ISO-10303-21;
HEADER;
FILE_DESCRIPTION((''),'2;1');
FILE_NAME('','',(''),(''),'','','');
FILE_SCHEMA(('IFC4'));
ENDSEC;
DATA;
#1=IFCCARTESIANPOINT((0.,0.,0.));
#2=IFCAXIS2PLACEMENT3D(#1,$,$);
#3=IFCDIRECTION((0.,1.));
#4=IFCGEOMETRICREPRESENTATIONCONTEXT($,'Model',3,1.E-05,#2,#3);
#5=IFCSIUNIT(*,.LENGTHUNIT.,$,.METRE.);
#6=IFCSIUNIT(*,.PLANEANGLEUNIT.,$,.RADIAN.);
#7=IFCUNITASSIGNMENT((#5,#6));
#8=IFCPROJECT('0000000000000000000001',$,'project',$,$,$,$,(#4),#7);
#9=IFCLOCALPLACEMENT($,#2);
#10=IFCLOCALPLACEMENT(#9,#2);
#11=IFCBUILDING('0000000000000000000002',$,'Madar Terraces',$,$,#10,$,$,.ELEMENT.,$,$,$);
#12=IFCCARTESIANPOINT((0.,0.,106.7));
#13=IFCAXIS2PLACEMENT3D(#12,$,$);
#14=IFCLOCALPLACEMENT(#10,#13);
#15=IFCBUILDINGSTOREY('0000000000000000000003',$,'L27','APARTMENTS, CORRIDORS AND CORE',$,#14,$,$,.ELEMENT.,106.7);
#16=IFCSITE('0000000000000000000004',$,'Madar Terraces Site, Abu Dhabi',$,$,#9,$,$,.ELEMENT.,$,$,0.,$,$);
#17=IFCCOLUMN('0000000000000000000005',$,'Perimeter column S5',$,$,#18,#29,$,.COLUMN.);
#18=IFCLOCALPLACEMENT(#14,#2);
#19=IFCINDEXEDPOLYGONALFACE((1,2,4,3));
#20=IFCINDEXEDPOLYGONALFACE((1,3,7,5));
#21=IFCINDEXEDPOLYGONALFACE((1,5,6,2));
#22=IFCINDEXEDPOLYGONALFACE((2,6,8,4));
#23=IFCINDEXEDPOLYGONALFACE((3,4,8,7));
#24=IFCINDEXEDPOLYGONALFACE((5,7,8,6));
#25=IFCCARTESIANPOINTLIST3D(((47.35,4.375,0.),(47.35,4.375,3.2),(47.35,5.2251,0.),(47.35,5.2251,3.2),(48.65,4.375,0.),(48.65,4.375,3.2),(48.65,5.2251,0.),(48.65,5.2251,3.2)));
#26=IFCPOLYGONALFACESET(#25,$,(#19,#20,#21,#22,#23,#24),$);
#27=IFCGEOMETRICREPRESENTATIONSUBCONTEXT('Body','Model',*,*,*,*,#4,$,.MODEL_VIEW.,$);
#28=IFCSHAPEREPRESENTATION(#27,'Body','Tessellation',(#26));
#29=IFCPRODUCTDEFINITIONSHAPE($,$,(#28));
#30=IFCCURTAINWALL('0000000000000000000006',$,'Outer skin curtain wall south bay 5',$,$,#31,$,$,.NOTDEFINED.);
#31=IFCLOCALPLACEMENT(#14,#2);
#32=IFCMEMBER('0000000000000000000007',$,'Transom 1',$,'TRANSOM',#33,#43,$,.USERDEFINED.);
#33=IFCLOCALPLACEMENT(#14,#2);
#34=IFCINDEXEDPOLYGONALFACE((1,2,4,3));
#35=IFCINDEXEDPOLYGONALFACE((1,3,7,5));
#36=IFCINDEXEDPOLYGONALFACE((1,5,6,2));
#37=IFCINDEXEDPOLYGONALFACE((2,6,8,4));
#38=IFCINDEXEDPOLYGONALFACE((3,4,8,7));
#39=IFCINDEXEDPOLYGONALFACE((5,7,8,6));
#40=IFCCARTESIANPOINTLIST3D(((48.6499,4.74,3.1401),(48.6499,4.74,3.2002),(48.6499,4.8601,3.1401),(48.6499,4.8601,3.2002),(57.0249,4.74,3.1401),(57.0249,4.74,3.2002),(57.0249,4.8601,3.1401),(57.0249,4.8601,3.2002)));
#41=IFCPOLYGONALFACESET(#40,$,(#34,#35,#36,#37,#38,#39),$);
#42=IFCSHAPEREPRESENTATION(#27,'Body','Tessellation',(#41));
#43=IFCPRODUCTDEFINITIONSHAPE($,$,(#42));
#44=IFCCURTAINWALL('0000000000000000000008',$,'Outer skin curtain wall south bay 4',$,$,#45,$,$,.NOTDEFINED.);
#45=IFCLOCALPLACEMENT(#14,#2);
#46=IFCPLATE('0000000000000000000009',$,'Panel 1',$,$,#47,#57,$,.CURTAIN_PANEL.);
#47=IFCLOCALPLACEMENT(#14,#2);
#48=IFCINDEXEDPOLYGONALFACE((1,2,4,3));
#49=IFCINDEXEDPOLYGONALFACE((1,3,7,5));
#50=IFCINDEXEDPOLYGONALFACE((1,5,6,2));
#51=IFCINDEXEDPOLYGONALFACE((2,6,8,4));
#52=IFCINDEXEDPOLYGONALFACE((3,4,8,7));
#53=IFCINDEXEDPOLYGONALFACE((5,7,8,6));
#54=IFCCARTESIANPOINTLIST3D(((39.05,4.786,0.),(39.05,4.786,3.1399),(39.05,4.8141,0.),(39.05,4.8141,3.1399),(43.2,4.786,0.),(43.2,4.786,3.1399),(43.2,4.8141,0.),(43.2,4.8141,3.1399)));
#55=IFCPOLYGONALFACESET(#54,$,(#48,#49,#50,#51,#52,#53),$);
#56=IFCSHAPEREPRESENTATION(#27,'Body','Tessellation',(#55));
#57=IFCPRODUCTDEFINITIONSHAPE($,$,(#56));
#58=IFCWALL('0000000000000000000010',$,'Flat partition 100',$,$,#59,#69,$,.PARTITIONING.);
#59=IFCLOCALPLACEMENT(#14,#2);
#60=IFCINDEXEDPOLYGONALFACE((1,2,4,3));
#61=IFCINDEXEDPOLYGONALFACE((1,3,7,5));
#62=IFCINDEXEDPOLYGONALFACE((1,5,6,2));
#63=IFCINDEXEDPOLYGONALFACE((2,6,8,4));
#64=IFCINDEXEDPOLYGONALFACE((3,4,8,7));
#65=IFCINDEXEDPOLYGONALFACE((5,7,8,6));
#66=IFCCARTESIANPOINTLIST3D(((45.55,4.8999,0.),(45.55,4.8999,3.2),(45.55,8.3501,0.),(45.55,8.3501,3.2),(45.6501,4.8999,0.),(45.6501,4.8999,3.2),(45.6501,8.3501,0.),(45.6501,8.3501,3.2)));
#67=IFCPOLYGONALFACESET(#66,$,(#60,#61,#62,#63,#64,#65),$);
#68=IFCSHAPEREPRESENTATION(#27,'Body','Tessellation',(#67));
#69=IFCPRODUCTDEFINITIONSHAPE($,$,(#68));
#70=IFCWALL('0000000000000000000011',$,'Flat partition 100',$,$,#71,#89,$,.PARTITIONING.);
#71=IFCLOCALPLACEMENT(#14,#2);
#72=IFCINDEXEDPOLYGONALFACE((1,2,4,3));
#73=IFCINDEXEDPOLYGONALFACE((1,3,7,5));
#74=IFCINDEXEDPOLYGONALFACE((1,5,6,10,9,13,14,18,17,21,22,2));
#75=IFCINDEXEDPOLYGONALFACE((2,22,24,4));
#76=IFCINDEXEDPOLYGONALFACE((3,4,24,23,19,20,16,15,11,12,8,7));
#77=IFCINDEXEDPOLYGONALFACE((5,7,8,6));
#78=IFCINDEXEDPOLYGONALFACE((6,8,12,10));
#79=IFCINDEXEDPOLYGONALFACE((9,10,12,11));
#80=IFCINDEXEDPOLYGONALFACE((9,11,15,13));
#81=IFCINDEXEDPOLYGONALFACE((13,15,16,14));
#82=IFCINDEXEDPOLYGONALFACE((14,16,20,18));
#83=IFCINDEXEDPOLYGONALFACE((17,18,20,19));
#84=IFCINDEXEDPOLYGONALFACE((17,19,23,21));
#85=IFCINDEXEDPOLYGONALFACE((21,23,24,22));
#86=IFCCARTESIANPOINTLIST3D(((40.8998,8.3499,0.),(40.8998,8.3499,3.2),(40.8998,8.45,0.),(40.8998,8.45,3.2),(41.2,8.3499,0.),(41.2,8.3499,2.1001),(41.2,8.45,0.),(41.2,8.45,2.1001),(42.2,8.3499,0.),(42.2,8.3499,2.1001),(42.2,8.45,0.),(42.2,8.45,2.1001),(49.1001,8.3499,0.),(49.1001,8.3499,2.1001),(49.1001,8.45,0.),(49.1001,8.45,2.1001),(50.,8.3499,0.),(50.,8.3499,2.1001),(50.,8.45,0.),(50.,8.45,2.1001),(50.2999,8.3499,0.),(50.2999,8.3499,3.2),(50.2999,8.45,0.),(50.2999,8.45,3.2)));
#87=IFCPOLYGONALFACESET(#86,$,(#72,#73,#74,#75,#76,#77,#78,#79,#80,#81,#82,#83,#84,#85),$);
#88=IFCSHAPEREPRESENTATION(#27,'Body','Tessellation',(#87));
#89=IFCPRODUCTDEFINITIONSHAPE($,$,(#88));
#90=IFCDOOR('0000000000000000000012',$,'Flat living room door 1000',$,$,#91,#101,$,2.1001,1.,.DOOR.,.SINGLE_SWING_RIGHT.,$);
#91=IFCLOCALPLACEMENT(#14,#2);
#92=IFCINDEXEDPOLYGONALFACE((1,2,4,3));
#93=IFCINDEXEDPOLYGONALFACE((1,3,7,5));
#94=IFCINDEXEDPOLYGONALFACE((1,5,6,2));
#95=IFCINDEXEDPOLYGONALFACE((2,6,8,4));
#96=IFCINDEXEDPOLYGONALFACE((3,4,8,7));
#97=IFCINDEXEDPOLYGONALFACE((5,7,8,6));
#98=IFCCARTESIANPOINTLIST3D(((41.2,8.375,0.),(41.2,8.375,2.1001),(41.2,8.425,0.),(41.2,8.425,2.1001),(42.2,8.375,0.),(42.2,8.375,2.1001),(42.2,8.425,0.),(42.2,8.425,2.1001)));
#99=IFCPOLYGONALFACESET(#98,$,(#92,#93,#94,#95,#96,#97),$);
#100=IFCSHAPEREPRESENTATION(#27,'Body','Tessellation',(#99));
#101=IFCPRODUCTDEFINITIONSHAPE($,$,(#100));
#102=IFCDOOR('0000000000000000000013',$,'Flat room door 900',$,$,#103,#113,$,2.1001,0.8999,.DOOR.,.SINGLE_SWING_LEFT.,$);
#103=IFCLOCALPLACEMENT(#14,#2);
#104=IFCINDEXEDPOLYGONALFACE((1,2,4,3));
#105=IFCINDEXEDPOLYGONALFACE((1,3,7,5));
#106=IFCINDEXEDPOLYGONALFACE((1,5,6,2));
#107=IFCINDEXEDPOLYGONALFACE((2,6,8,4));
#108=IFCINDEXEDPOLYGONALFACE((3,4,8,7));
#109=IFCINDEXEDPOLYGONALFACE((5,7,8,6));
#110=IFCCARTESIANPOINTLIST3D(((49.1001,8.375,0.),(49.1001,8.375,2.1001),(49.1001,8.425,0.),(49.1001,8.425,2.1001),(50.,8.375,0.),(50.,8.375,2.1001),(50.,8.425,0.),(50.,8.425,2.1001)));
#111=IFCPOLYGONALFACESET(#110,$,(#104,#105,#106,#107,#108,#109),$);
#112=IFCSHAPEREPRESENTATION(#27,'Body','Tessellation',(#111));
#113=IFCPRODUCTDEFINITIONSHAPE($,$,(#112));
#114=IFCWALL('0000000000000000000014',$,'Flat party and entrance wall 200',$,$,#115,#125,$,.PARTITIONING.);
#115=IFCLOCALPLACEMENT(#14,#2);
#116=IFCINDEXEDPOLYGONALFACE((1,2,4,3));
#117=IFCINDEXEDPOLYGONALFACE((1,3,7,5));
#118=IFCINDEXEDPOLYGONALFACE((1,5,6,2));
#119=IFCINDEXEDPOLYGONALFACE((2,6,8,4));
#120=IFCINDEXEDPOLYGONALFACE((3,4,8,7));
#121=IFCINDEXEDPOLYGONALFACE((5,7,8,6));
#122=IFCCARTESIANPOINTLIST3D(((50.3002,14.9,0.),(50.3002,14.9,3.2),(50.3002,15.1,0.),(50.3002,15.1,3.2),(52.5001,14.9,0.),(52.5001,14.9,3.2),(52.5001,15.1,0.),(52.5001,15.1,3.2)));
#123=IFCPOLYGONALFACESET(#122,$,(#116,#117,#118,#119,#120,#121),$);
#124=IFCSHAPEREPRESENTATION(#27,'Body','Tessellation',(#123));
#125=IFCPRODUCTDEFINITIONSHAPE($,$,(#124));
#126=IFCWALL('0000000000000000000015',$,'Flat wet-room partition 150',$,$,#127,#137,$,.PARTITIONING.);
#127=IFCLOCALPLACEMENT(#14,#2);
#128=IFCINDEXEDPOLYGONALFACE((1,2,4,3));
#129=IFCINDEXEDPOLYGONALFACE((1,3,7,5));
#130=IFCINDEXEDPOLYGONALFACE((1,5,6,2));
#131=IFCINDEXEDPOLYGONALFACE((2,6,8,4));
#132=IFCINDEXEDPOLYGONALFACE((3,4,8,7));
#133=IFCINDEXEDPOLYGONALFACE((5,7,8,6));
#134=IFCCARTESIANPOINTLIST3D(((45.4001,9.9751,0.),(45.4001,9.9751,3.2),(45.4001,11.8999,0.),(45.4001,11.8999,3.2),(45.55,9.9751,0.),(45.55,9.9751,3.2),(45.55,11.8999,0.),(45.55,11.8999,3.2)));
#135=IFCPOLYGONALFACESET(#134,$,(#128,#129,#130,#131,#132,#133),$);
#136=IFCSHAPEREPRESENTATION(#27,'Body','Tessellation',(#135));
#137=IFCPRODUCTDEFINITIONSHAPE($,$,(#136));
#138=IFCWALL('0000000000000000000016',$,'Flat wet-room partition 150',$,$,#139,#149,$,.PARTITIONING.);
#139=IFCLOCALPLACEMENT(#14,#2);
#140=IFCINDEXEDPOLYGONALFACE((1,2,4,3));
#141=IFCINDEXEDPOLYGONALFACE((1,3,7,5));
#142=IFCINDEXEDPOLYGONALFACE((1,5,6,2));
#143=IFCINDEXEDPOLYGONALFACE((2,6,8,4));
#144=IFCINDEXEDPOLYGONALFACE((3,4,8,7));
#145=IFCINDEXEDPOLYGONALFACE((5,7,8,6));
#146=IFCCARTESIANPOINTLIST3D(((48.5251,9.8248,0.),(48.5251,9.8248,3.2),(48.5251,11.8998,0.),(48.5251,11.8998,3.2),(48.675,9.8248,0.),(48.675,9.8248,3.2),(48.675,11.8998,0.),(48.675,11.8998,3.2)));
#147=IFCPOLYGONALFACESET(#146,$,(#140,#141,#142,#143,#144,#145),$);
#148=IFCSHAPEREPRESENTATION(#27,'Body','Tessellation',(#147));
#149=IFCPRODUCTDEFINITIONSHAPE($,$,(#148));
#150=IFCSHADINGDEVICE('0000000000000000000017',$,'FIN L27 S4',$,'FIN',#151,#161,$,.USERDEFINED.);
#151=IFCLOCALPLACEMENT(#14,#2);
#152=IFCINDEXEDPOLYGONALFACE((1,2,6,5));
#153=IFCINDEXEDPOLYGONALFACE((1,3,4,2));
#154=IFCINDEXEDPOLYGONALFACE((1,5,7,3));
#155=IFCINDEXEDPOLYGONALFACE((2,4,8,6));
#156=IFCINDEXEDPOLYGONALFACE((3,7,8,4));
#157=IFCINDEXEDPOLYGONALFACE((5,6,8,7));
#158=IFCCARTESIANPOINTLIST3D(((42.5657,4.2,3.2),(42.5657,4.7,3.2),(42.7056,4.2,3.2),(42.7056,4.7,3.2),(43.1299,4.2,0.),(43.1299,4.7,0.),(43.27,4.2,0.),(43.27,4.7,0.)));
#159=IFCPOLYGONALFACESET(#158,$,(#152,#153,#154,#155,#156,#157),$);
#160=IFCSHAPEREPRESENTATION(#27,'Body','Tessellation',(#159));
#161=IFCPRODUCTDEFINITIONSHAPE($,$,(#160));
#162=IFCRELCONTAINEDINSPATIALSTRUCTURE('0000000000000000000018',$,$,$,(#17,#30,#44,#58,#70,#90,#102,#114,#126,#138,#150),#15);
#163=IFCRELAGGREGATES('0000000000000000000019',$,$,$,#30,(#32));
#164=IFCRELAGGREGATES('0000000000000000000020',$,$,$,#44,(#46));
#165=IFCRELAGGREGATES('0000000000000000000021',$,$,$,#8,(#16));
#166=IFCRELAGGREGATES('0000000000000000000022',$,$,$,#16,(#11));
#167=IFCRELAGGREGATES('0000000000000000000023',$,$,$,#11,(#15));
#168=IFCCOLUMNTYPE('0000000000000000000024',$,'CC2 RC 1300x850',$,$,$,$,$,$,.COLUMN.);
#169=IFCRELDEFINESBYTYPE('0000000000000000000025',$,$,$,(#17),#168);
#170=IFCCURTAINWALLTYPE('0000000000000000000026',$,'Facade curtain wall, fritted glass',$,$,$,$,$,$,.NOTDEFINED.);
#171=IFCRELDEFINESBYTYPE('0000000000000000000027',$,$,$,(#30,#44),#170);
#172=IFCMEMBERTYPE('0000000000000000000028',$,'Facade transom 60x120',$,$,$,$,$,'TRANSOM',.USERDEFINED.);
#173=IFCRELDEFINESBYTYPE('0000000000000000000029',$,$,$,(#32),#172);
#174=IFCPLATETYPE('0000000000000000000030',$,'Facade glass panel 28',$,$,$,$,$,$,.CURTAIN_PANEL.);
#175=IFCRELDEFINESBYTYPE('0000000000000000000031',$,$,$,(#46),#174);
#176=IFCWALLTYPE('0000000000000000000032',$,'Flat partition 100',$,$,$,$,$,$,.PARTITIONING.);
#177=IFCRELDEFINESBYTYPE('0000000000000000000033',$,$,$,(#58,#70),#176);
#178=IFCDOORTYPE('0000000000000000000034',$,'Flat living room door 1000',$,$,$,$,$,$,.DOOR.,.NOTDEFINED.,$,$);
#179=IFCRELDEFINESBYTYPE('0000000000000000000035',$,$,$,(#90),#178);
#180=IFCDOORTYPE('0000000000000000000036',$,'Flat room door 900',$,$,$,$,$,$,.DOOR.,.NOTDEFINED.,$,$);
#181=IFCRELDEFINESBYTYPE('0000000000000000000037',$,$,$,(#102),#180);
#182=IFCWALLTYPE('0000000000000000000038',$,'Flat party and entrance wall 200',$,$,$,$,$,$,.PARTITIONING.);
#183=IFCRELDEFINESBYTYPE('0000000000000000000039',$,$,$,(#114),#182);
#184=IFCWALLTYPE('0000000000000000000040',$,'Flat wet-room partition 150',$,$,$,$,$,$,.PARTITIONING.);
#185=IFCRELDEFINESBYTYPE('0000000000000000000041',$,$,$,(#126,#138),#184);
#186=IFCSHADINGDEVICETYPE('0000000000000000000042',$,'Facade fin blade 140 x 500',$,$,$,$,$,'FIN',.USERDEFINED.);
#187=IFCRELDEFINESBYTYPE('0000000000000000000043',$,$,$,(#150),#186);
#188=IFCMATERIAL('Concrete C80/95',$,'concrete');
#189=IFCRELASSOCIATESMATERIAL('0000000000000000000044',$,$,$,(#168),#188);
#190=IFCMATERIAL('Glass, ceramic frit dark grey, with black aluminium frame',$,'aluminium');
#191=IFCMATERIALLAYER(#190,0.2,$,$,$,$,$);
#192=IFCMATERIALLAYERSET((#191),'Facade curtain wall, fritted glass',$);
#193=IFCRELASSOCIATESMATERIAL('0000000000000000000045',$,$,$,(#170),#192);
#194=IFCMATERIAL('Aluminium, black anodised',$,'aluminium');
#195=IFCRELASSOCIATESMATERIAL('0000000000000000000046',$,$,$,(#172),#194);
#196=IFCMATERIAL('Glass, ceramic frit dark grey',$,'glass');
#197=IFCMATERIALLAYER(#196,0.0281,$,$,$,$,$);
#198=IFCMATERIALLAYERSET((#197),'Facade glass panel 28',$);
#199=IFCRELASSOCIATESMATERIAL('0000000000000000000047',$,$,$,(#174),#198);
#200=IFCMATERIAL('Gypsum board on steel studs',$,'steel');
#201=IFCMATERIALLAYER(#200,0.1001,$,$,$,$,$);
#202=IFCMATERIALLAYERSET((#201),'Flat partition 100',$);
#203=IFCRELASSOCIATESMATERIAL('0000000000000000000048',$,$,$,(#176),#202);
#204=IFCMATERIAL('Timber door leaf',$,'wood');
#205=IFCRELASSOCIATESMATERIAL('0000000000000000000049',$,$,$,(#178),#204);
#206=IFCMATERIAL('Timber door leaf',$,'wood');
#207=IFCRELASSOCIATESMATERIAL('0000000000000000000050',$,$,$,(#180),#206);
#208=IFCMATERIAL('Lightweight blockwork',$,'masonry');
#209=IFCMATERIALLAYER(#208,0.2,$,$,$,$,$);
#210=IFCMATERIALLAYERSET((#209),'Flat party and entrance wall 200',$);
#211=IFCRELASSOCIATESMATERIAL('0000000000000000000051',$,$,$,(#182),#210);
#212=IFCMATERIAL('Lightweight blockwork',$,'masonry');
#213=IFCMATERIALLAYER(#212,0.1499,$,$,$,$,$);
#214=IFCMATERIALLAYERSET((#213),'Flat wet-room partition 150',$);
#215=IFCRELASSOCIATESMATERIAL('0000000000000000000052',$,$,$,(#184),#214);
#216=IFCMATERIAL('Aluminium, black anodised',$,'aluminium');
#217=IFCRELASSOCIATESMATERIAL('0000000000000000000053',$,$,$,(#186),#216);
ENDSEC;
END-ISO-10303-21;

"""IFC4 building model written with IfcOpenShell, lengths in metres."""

from ifc_helpers import new_model, si_unit, direction, frame, frame_2d, origin, origin_2d, place, context, subcontext, project, spatial, polyline, rectangle, outline, extrude, material, layer, layer_set, material_profile, profile_set, type_object, element, fill, aggregate, save


model = new_model("IFC4")

# Units and contexts
model_context = context("Model", 3, precision=1e-05, world=origin(), true_north=direction((0.0, 1.0)))
body_context = subcontext(model_context, "Body", "Model", "MODEL_VIEW")
ifc_project = project(units=[si_unit("LENGTHUNIT", "METRE"), si_unit("PLANEANGLEUNIT", "RADIAN")], contexts=[model_context])

# Site, building, storey
site_placement = place(None, origin())
site = spatial("IfcSite", under=ifc_project, at=site_placement, Name="Madar Terraces Site, Abu Dhabi", CompositionType="ELEMENT", RefElevation=0.0)
building_placement = place(site_placement, origin())
building = spatial("IfcBuilding", under=site, at=building_placement, Name="Madar Terraces", CompositionType="ELEMENT")
storey_placement = place(building_placement, frame((0.0, 0.0, 106.7)))
storey = spatial("IfcBuildingStorey", under=building, at=storey_placement, Name="L27", Description="APARTMENTS, CORRIDORS AND CORE", CompositionType="ELEMENT", Elevation=106.7)

# Column
ifc_material_1 = material(Name="Concrete C80/95", Category="concrete")
ifc_material_profile_1 = material_profile(ifc_material_1, rectangle(XDim=1.3, YDim=0.8501, at=origin_2d()), Name="CC2 RC 1300x850")
ifc_profile_set_1 = profile_set([ifc_material_profile_1], Name="Concrete C80/95")
column_type = type_object("IfcColumnType", Name="CC2 RC 1300x850", PredefinedType="COLUMN", material=ifc_profile_set_1)
column_placement = place(storey_placement, frame((48.0, 4.8, 0.0), z_axis=(0.0, 0.0, 1.0), x_axis=(1.0, 0.0, 0.0)))
element("IfcColumn", 1, at=column_placement, inside=storey, type_object=column_type, Name="Perimeter column S5", PredefinedType="COLUMN", context=body_context, shape_type="SweptSolid", body=[
    extrude(rectangle(XDim=1.3, YDim=0.8501, at=origin_2d()), origin(), (0.0, 0.0, 1.0), 3.2),
])

# Curtain wall, member
ifc_material_2 = material(Name="Glass, ceramic frit dark grey, with black aluminium frame", Category="aluminium")
ifc_layer_1 = layer(ifc_material_2, 0.2)
ifc_layer_set_1 = layer_set([ifc_layer_1], Name="Facade curtain wall, fritted glass")
curtain_wall_type = type_object("IfcCurtainWallType", Name="Facade curtain wall, fritted glass", PredefinedType="NOTDEFINED", material=ifc_layer_set_1)
curtain_wall_1_placement = place(storey_placement, origin())
curtain_wall_1 = element("IfcCurtainWall", 2, at=curtain_wall_1_placement, inside=storey, type_object=curtain_wall_type, Name="Outer skin curtain wall south bay 5", PredefinedType="NOTDEFINED")
ifc_material_3 = material(Name="Aluminium, black anodised", Category="aluminium")
ifc_material_profile_2 = material_profile(ifc_material_3, rectangle(XDim=0.1201, YDim=0.0601, at=origin_2d()), Name="Facade transom 60x120")
ifc_profile_set_2 = profile_set([ifc_material_profile_2], Name="Aluminium, black anodised")
member_type = type_object("IfcMemberType", Name="Facade transom 60x120", ElementType="TRANSOM", PredefinedType="USERDEFINED", material=ifc_profile_set_2)
member_placement = place(storey_placement, frame((48.6499, 4.8, 3.1702), z_axis=(1.0, 0.0, 0.0), x_axis=(0.0, 1.0, 0.0)))
member = element("IfcMember", 3, at=member_placement, type_object=member_type, Name="Transom 1", ObjectType="TRANSOM", PredefinedType="USERDEFINED", context=body_context, shape_type="SweptSolid", body=[
    extrude(rectangle(XDim=0.1201, YDim=0.0601, at=origin_2d()), origin(), (0.0, 0.0, 1.0), 8.375),
])
aggregate(curtain_wall_1, [member])

# Curtain wall, plate
curtain_wall_2_placement = place(storey_placement, origin())
curtain_wall_2 = element("IfcCurtainWall", 4, at=curtain_wall_2_placement, inside=storey, type_object=curtain_wall_type, Name="Outer skin curtain wall south bay 4", PredefinedType="NOTDEFINED")
ifc_material_4 = material(Name="Glass, ceramic frit dark grey", Category="glass")
ifc_layer_2 = layer(ifc_material_4, 0.0281)
ifc_layer_set_2 = layer_set([ifc_layer_2], Name="Facade glass panel 28")
plate_type = type_object("IfcPlateType", Name="Facade glass panel 28", PredefinedType="CURTAIN_PANEL", material=ifc_layer_set_2)
plate_placement = place(storey_placement, frame((41.125, 4.8, 0.0), z_axis=(0.0, 0.0, 1.0), x_axis=(1.0, 0.0, 0.0)))
plate = element("IfcPlate", 5, at=plate_placement, type_object=plate_type, Name="Panel 1", PredefinedType="CURTAIN_PANEL", context=body_context, shape_type="SweptSolid", body=[
    extrude(rectangle(XDim=4.1499, YDim=0.0281, at=origin_2d()), origin(), (0.0, 0.0, 1.0), 3.1399),
])
aggregate(curtain_wall_2, [plate])

# Wall
ifc_material_5 = material(Name="Gypsum board on steel studs", Category="steel")
ifc_layer_3 = layer(ifc_material_5, 0.1001)
ifc_layer_set_3 = layer_set([ifc_layer_3], Name="Flat partition 100")
wall_type_1 = type_object("IfcWallType", Name="Flat partition 100", PredefinedType="PARTITIONING", material=ifc_layer_set_3)
wall_1_placement = place(storey_placement, frame((45.6001, 8.3501, 0.0), z_axis=(0.0, 0.0, 1.0), x_axis=(0.0, -1.0, 0.0)))
element("IfcWall", 6, at=wall_1_placement, inside=storey, type_object=wall_type_1, Name="Flat partition 100", PredefinedType="PARTITIONING", context=body_context, shape_type="SweptSolid", body=[
    extrude(rectangle(XDim=3.4502, YDim=0.1001, at=frame_2d((1.7251, 0.0))), origin(), (0.0, 0.0, 1.0), 3.2),
])

# Wall, openings, doors
wall_2_placement = place(storey_placement, frame((50.3, 8.3999, 0.0), z_axis=(0.0, 0.0, 1.0), x_axis=(-1.0, 0.0, 0.0)))
wall_2 = element("IfcWall", 7, at=wall_2_placement, inside=storey, type_object=wall_type_1, Name="Flat partition 100", PredefinedType="PARTITIONING", context=body_context, shape_type="SweptSolid", body=[
    extrude(rectangle(XDim=9.4001, YDim=0.1001, at=frame_2d((4.7002, 0.0))), origin(), (0.0, 0.0, 1.0), 3.2),
])
opening_1_placement = place(wall_2_placement, frame((0.3, 0.0, 0.0)))
opening_1 = element("IfcOpeningElement", 8, at=opening_1_placement, cuts=wall_2, PredefinedType="OPENING", context=body_context, shape_type="SweptSolid", body=[
    extrude(rectangle(XDim=0.8999, YDim=2.1001, at=frame_2d((0.45, 1.05))), frame((0.0, 0.0601, 0.0), z_axis=(0.0, -1.0, 0.0), x_axis=(1.0, 0.0, 0.0)), (0.0, 0.0, 1.0), 0.1201),
])
opening_2_placement = place(wall_2_placement, frame((8.1001, 0.0, 0.0)))
opening_2 = element("IfcOpeningElement", 9, at=opening_2_placement, cuts=wall_2, PredefinedType="OPENING", context=body_context, shape_type="SweptSolid", body=[
    extrude(rectangle(XDim=1.0, YDim=2.1001, at=frame_2d((0.5, 1.05))), frame((0.0, 0.0601, 0.0), z_axis=(0.0, -1.0, 0.0), x_axis=(1.0, 0.0, 0.0)), (0.0, 0.0, 1.0), 0.1201),
])
ifc_material_6 = material(Name="Timber door leaf", Category="wood")
door_type_1 = type_object("IfcDoorType", Name="Flat living room door 1000", OperationType="NOTDEFINED", PredefinedType="DOOR", material=ifc_material_6)
door_1_placement = place(opening_2_placement, origin())
door_1 = element("IfcDoor", 10, at=door_1_placement, inside=storey, type_object=door_type_1, Name="Flat living room door 1000", OperationType="SINGLE_SWING_RIGHT", OverallHeight=2.1001, OverallWidth=1.0, PredefinedType="DOOR", context=body_context, shape_type="SweptSolid", body=[
    extrude(rectangle(XDim=1.0, YDim=2.1001, at=frame_2d((0.5, 1.05))), frame((0.0, 0.0249, 0.0), z_axis=(0.0, -1.0, 0.0), x_axis=(1.0, 0.0, 0.0)), (0.0, 0.0, 1.0), 0.05),
])
fill(opening_2, door_1)
ifc_material_7 = material(Name="Timber door leaf", Category="wood")
door_type_2 = type_object("IfcDoorType", Name="Flat room door 900", OperationType="NOTDEFINED", PredefinedType="DOOR", material=ifc_material_7)
door_2_placement = place(opening_1_placement, origin())
door_2 = element("IfcDoor", 11, at=door_2_placement, inside=storey, type_object=door_type_2, Name="Flat room door 900", OperationType="SINGLE_SWING_LEFT", OverallHeight=2.1001, OverallWidth=0.8999, PredefinedType="DOOR", context=body_context, shape_type="SweptSolid", body=[
    extrude(rectangle(XDim=0.8999, YDim=2.1001, at=frame_2d((0.45, 1.05))), frame((0.0, 0.0249, 0.0), z_axis=(0.0, -1.0, 0.0), x_axis=(1.0, 0.0, 0.0)), (0.0, 0.0, 1.0), 0.05),
])
fill(opening_1, door_2)

# Walls
ifc_material_8 = material(Name="Lightweight blockwork", Category="masonry")
ifc_layer_4 = layer(ifc_material_8, 0.2)
ifc_layer_set_4 = layer_set([ifc_layer_4], Name="Flat party and entrance wall 200")
wall_type_2 = type_object("IfcWallType", Name="Flat party and entrance wall 200", PredefinedType="PARTITIONING", material=ifc_layer_set_4)
wall_3_placement = place(storey_placement, frame((50.3, 15.0, 0.0), z_axis=(0.0, 0.0, 1.0), x_axis=(1.0, 0.0, 0.0)))
element("IfcWall", 12, at=wall_3_placement, inside=storey, type_object=wall_type_2, Name="Flat party and entrance wall 200", PredefinedType="PARTITIONING", context=body_context, shape_type="SweptSolid", body=[
    extrude(rectangle(XDim=2.2, YDim=0.2, at=frame_2d((1.1001, 0.0))), origin(), (0.0, 0.0, 1.0), 3.2),
])
ifc_material_9 = material(Name="Lightweight blockwork", Category="masonry")
ifc_layer_5 = layer(ifc_material_9, 0.1499)
ifc_layer_set_5 = layer_set([ifc_layer_5], Name="Flat wet-room partition 150")
wall_type_3 = type_object("IfcWallType", Name="Flat wet-room partition 150", PredefinedType="PARTITIONING", material=ifc_layer_set_5)
wall_4_placement = place(storey_placement, frame((45.4751, 11.8999, 0.0), z_axis=(0.0, 0.0, 1.0), x_axis=(0.0, -1.0, 0.0)))
element("IfcWall", 13, at=wall_4_placement, inside=storey, type_object=wall_type_3, Name="Flat wet-room partition 150", PredefinedType="PARTITIONING", context=body_context, shape_type="SweptSolid", body=[
    extrude(rectangle(XDim=1.9248, YDim=0.1499, at=frame_2d((0.9624, 0.0))), origin(), (0.0, 0.0, 1.0), 3.2),
])
wall_5_placement = place(storey_placement, frame((48.6001, 11.8999, 0.0), z_axis=(0.0, 0.0, 1.0), x_axis=(0.0, -1.0, 0.0)))
element("IfcWall", 14, at=wall_5_placement, inside=storey, type_object=wall_type_3, Name="Flat wet-room partition 150", PredefinedType="PARTITIONING", context=body_context, shape_type="SweptSolid", body=[
    extrude(rectangle(XDim=2.075, YDim=0.1499, at=frame_2d((1.0376, 0.0))), origin(), (0.0, 0.0, 1.0), 3.2),
])

# Shading device
ifc_material_10 = material(Name="Aluminium, black anodised", Category="aluminium")
shading_device_type = type_object("IfcShadingDeviceType", Name="Facade fin blade 140 x 500", ElementType="FIN", PredefinedType="USERDEFINED", material=ifc_material_10)
shading_device_placement = place(storey_placement, frame((43.1299, 4.45, 0.0), z_axis=(0.0, 0.0, 1.0), x_axis=(1.0, 0.0, 0.0)))
element("IfcShadingDevice", 15, at=shading_device_placement, inside=storey, type_object=shading_device_type, Name="FIN L27 S4", ObjectType="FIN", PredefinedType="USERDEFINED", context=body_context, shape_type="SweptSolid", body=[
    extrude(outline(polyline([(0.0, 0.0), (0.1401, 0.0), (-0.4243, 3.2), (-0.5642, 3.2), (0.0, 0.0)])), frame((0.0, 0.25, 0.0), z_axis=(0.0, -1.0, 0.0), x_axis=(1.0, 0.0, 0.0)), (0.0, 0.0, 1.0), 0.5),
])

save(model, "model.ifc")
